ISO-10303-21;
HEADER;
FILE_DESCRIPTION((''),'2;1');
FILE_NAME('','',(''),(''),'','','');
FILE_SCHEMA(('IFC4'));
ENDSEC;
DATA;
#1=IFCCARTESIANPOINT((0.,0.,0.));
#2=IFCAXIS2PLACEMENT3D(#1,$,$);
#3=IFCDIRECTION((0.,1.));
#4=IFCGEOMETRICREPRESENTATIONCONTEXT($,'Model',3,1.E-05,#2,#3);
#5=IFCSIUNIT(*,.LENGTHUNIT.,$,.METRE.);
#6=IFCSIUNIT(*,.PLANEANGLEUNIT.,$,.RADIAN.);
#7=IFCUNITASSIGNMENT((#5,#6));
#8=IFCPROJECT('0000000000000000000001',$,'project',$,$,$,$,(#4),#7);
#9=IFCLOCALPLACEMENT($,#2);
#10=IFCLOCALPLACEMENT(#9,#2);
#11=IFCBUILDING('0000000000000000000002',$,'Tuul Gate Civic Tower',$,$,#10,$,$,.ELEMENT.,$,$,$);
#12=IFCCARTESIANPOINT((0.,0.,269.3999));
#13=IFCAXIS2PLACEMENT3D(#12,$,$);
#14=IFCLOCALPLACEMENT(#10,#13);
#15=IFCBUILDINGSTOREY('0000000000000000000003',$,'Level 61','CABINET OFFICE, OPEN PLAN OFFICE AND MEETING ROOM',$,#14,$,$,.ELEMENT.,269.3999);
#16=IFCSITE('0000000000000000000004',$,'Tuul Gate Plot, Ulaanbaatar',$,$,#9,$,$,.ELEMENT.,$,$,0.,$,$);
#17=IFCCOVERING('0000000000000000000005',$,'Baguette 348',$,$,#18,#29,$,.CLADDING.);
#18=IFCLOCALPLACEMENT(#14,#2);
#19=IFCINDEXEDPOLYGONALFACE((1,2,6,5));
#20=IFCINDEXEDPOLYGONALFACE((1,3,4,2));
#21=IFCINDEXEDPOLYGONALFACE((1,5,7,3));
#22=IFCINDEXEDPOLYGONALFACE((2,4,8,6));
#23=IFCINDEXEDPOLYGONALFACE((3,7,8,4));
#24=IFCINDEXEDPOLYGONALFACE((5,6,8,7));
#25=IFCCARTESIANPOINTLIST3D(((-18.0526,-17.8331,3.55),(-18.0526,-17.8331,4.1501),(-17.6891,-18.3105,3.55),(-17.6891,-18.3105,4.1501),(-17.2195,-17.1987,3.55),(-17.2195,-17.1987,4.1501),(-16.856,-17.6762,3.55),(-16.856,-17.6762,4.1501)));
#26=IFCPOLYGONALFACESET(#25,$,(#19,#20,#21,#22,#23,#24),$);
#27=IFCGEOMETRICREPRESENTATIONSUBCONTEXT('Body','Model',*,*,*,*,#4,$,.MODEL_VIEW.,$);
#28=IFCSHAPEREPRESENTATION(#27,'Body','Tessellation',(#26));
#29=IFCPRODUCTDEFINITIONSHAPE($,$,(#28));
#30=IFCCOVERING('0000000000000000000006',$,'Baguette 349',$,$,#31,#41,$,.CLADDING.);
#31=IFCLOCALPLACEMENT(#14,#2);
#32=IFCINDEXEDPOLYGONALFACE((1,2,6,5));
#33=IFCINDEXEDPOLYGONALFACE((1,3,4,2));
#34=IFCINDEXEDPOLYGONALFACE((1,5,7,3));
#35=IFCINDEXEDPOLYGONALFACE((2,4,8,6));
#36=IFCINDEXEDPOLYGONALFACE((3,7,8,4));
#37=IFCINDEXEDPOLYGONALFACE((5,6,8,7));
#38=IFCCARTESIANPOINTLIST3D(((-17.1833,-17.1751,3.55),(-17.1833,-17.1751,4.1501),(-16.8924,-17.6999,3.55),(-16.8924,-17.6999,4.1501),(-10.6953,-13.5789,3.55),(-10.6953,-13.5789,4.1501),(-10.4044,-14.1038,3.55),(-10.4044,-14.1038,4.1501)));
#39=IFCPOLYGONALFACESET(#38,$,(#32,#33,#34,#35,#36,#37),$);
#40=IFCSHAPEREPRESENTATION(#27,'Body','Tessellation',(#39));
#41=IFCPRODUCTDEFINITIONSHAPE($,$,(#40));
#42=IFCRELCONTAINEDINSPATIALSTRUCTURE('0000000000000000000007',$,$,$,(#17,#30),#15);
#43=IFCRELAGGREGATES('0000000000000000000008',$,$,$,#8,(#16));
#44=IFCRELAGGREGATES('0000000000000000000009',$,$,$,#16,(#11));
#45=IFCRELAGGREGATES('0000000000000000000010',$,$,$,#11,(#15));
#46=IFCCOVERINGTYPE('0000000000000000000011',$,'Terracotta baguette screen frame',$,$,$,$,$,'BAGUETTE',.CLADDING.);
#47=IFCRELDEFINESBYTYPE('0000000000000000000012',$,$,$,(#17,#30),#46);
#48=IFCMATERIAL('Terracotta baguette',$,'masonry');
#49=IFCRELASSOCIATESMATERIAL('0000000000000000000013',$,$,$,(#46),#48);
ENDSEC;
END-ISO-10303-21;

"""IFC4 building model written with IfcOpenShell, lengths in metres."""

from ifc_helpers import new_model, si_unit, direction, frame, origin, origin_2d, place, context, subcontext, project, spatial, rectangle, extrude, material, material_profile, profile_set, type_object, element, save


model = new_model("IFC4")

# Units and contexts
model_context = context("Model", 3, precision=1e-05, world=origin(), true_north=direction((0.0, 1.0)))
body_context = subcontext(model_context, "Body", "Model", "MODEL_VIEW")
ifc_project = project(units=[si_unit("LENGTHUNIT", "METRE"), si_unit("PLANEANGLEUNIT", "RADIAN")], contexts=[model_context])

# Site, building, storey
site_placement = place(None, origin())
site = spatial("IfcSite", under=ifc_project, at=site_placement, Name="Tuul Gate Plot, Ulaanbaatar", CompositionType="ELEMENT", RefElevation=0.0)
building_placement = place(site_placement, origin())
building = spatial("IfcBuilding", under=site, at=building_placement, Name="Tuul Gate Civic Tower", CompositionType="ELEMENT")
storey_placement = place(building_placement, frame((0.0, 0.0, 269.3999)))
storey = spatial("IfcBuildingStorey", under=building, at=storey_placement, Name="Level 61", Description="CABINET OFFICE, OPEN PLAN OFFICE AND MEETING ROOM", CompositionType="ELEMENT", Elevation=269.3999)

# Coverings
ifc_material_1 = material(Name="Terracotta baguette", Category="masonry")
ifc_material_profile_1 = material_profile(ifc_material_1, rectangle(XDim=0.6001, YDim=0.6001, at=origin_2d()), Name="Terracotta baguette screen frame")
ifc_profile_set_1 = profile_set([ifc_material_profile_1], Name="Terracotta baguette")
covering_type = type_object("IfcCoveringType", Name="Terracotta baguette screen frame", ElementType="BAGUETTE", PredefinedType="CLADDING", material=ifc_profile_set_1)
covering_1_placement = place(storey_placement, frame((-17.8708, -18.0718, 3.8501), z_axis=(0.795614, 0.605804, 0.0), x_axis=(-0.605804, 0.795614, 0.0)))
element("IfcCovering", 1, at=covering_1_placement, inside=storey, type_object=covering_type, Name="Baguette 348", PredefinedType="CLADDING", context=body_context, shape_type="SweptSolid", body=[
    extrude(rectangle(XDim=0.6001, YDim=0.6001, at=origin_2d()), origin(), (0.0, 0.0, 1.0), 1.0471),
])
covering_2_placement = place(storey_placement, frame((-17.0378, -17.4375, 3.8501), z_axis=(0.87463, 0.48479, 0.0), x_axis=(-0.48479, 0.87463, 0.0)))
element("IfcCovering", 2, at=covering_2_placement, inside=storey, type_object=covering_type, Name="Baguette 349", PredefinedType="CLADDING", context=body_context, shape_type="SweptSolid", body=[
    extrude(rectangle(XDim=0.6001, YDim=0.6001, at=origin_2d()), origin(), (0.0, 0.0, 1.0), 7.418),
])

save(model, "model.ifc")
